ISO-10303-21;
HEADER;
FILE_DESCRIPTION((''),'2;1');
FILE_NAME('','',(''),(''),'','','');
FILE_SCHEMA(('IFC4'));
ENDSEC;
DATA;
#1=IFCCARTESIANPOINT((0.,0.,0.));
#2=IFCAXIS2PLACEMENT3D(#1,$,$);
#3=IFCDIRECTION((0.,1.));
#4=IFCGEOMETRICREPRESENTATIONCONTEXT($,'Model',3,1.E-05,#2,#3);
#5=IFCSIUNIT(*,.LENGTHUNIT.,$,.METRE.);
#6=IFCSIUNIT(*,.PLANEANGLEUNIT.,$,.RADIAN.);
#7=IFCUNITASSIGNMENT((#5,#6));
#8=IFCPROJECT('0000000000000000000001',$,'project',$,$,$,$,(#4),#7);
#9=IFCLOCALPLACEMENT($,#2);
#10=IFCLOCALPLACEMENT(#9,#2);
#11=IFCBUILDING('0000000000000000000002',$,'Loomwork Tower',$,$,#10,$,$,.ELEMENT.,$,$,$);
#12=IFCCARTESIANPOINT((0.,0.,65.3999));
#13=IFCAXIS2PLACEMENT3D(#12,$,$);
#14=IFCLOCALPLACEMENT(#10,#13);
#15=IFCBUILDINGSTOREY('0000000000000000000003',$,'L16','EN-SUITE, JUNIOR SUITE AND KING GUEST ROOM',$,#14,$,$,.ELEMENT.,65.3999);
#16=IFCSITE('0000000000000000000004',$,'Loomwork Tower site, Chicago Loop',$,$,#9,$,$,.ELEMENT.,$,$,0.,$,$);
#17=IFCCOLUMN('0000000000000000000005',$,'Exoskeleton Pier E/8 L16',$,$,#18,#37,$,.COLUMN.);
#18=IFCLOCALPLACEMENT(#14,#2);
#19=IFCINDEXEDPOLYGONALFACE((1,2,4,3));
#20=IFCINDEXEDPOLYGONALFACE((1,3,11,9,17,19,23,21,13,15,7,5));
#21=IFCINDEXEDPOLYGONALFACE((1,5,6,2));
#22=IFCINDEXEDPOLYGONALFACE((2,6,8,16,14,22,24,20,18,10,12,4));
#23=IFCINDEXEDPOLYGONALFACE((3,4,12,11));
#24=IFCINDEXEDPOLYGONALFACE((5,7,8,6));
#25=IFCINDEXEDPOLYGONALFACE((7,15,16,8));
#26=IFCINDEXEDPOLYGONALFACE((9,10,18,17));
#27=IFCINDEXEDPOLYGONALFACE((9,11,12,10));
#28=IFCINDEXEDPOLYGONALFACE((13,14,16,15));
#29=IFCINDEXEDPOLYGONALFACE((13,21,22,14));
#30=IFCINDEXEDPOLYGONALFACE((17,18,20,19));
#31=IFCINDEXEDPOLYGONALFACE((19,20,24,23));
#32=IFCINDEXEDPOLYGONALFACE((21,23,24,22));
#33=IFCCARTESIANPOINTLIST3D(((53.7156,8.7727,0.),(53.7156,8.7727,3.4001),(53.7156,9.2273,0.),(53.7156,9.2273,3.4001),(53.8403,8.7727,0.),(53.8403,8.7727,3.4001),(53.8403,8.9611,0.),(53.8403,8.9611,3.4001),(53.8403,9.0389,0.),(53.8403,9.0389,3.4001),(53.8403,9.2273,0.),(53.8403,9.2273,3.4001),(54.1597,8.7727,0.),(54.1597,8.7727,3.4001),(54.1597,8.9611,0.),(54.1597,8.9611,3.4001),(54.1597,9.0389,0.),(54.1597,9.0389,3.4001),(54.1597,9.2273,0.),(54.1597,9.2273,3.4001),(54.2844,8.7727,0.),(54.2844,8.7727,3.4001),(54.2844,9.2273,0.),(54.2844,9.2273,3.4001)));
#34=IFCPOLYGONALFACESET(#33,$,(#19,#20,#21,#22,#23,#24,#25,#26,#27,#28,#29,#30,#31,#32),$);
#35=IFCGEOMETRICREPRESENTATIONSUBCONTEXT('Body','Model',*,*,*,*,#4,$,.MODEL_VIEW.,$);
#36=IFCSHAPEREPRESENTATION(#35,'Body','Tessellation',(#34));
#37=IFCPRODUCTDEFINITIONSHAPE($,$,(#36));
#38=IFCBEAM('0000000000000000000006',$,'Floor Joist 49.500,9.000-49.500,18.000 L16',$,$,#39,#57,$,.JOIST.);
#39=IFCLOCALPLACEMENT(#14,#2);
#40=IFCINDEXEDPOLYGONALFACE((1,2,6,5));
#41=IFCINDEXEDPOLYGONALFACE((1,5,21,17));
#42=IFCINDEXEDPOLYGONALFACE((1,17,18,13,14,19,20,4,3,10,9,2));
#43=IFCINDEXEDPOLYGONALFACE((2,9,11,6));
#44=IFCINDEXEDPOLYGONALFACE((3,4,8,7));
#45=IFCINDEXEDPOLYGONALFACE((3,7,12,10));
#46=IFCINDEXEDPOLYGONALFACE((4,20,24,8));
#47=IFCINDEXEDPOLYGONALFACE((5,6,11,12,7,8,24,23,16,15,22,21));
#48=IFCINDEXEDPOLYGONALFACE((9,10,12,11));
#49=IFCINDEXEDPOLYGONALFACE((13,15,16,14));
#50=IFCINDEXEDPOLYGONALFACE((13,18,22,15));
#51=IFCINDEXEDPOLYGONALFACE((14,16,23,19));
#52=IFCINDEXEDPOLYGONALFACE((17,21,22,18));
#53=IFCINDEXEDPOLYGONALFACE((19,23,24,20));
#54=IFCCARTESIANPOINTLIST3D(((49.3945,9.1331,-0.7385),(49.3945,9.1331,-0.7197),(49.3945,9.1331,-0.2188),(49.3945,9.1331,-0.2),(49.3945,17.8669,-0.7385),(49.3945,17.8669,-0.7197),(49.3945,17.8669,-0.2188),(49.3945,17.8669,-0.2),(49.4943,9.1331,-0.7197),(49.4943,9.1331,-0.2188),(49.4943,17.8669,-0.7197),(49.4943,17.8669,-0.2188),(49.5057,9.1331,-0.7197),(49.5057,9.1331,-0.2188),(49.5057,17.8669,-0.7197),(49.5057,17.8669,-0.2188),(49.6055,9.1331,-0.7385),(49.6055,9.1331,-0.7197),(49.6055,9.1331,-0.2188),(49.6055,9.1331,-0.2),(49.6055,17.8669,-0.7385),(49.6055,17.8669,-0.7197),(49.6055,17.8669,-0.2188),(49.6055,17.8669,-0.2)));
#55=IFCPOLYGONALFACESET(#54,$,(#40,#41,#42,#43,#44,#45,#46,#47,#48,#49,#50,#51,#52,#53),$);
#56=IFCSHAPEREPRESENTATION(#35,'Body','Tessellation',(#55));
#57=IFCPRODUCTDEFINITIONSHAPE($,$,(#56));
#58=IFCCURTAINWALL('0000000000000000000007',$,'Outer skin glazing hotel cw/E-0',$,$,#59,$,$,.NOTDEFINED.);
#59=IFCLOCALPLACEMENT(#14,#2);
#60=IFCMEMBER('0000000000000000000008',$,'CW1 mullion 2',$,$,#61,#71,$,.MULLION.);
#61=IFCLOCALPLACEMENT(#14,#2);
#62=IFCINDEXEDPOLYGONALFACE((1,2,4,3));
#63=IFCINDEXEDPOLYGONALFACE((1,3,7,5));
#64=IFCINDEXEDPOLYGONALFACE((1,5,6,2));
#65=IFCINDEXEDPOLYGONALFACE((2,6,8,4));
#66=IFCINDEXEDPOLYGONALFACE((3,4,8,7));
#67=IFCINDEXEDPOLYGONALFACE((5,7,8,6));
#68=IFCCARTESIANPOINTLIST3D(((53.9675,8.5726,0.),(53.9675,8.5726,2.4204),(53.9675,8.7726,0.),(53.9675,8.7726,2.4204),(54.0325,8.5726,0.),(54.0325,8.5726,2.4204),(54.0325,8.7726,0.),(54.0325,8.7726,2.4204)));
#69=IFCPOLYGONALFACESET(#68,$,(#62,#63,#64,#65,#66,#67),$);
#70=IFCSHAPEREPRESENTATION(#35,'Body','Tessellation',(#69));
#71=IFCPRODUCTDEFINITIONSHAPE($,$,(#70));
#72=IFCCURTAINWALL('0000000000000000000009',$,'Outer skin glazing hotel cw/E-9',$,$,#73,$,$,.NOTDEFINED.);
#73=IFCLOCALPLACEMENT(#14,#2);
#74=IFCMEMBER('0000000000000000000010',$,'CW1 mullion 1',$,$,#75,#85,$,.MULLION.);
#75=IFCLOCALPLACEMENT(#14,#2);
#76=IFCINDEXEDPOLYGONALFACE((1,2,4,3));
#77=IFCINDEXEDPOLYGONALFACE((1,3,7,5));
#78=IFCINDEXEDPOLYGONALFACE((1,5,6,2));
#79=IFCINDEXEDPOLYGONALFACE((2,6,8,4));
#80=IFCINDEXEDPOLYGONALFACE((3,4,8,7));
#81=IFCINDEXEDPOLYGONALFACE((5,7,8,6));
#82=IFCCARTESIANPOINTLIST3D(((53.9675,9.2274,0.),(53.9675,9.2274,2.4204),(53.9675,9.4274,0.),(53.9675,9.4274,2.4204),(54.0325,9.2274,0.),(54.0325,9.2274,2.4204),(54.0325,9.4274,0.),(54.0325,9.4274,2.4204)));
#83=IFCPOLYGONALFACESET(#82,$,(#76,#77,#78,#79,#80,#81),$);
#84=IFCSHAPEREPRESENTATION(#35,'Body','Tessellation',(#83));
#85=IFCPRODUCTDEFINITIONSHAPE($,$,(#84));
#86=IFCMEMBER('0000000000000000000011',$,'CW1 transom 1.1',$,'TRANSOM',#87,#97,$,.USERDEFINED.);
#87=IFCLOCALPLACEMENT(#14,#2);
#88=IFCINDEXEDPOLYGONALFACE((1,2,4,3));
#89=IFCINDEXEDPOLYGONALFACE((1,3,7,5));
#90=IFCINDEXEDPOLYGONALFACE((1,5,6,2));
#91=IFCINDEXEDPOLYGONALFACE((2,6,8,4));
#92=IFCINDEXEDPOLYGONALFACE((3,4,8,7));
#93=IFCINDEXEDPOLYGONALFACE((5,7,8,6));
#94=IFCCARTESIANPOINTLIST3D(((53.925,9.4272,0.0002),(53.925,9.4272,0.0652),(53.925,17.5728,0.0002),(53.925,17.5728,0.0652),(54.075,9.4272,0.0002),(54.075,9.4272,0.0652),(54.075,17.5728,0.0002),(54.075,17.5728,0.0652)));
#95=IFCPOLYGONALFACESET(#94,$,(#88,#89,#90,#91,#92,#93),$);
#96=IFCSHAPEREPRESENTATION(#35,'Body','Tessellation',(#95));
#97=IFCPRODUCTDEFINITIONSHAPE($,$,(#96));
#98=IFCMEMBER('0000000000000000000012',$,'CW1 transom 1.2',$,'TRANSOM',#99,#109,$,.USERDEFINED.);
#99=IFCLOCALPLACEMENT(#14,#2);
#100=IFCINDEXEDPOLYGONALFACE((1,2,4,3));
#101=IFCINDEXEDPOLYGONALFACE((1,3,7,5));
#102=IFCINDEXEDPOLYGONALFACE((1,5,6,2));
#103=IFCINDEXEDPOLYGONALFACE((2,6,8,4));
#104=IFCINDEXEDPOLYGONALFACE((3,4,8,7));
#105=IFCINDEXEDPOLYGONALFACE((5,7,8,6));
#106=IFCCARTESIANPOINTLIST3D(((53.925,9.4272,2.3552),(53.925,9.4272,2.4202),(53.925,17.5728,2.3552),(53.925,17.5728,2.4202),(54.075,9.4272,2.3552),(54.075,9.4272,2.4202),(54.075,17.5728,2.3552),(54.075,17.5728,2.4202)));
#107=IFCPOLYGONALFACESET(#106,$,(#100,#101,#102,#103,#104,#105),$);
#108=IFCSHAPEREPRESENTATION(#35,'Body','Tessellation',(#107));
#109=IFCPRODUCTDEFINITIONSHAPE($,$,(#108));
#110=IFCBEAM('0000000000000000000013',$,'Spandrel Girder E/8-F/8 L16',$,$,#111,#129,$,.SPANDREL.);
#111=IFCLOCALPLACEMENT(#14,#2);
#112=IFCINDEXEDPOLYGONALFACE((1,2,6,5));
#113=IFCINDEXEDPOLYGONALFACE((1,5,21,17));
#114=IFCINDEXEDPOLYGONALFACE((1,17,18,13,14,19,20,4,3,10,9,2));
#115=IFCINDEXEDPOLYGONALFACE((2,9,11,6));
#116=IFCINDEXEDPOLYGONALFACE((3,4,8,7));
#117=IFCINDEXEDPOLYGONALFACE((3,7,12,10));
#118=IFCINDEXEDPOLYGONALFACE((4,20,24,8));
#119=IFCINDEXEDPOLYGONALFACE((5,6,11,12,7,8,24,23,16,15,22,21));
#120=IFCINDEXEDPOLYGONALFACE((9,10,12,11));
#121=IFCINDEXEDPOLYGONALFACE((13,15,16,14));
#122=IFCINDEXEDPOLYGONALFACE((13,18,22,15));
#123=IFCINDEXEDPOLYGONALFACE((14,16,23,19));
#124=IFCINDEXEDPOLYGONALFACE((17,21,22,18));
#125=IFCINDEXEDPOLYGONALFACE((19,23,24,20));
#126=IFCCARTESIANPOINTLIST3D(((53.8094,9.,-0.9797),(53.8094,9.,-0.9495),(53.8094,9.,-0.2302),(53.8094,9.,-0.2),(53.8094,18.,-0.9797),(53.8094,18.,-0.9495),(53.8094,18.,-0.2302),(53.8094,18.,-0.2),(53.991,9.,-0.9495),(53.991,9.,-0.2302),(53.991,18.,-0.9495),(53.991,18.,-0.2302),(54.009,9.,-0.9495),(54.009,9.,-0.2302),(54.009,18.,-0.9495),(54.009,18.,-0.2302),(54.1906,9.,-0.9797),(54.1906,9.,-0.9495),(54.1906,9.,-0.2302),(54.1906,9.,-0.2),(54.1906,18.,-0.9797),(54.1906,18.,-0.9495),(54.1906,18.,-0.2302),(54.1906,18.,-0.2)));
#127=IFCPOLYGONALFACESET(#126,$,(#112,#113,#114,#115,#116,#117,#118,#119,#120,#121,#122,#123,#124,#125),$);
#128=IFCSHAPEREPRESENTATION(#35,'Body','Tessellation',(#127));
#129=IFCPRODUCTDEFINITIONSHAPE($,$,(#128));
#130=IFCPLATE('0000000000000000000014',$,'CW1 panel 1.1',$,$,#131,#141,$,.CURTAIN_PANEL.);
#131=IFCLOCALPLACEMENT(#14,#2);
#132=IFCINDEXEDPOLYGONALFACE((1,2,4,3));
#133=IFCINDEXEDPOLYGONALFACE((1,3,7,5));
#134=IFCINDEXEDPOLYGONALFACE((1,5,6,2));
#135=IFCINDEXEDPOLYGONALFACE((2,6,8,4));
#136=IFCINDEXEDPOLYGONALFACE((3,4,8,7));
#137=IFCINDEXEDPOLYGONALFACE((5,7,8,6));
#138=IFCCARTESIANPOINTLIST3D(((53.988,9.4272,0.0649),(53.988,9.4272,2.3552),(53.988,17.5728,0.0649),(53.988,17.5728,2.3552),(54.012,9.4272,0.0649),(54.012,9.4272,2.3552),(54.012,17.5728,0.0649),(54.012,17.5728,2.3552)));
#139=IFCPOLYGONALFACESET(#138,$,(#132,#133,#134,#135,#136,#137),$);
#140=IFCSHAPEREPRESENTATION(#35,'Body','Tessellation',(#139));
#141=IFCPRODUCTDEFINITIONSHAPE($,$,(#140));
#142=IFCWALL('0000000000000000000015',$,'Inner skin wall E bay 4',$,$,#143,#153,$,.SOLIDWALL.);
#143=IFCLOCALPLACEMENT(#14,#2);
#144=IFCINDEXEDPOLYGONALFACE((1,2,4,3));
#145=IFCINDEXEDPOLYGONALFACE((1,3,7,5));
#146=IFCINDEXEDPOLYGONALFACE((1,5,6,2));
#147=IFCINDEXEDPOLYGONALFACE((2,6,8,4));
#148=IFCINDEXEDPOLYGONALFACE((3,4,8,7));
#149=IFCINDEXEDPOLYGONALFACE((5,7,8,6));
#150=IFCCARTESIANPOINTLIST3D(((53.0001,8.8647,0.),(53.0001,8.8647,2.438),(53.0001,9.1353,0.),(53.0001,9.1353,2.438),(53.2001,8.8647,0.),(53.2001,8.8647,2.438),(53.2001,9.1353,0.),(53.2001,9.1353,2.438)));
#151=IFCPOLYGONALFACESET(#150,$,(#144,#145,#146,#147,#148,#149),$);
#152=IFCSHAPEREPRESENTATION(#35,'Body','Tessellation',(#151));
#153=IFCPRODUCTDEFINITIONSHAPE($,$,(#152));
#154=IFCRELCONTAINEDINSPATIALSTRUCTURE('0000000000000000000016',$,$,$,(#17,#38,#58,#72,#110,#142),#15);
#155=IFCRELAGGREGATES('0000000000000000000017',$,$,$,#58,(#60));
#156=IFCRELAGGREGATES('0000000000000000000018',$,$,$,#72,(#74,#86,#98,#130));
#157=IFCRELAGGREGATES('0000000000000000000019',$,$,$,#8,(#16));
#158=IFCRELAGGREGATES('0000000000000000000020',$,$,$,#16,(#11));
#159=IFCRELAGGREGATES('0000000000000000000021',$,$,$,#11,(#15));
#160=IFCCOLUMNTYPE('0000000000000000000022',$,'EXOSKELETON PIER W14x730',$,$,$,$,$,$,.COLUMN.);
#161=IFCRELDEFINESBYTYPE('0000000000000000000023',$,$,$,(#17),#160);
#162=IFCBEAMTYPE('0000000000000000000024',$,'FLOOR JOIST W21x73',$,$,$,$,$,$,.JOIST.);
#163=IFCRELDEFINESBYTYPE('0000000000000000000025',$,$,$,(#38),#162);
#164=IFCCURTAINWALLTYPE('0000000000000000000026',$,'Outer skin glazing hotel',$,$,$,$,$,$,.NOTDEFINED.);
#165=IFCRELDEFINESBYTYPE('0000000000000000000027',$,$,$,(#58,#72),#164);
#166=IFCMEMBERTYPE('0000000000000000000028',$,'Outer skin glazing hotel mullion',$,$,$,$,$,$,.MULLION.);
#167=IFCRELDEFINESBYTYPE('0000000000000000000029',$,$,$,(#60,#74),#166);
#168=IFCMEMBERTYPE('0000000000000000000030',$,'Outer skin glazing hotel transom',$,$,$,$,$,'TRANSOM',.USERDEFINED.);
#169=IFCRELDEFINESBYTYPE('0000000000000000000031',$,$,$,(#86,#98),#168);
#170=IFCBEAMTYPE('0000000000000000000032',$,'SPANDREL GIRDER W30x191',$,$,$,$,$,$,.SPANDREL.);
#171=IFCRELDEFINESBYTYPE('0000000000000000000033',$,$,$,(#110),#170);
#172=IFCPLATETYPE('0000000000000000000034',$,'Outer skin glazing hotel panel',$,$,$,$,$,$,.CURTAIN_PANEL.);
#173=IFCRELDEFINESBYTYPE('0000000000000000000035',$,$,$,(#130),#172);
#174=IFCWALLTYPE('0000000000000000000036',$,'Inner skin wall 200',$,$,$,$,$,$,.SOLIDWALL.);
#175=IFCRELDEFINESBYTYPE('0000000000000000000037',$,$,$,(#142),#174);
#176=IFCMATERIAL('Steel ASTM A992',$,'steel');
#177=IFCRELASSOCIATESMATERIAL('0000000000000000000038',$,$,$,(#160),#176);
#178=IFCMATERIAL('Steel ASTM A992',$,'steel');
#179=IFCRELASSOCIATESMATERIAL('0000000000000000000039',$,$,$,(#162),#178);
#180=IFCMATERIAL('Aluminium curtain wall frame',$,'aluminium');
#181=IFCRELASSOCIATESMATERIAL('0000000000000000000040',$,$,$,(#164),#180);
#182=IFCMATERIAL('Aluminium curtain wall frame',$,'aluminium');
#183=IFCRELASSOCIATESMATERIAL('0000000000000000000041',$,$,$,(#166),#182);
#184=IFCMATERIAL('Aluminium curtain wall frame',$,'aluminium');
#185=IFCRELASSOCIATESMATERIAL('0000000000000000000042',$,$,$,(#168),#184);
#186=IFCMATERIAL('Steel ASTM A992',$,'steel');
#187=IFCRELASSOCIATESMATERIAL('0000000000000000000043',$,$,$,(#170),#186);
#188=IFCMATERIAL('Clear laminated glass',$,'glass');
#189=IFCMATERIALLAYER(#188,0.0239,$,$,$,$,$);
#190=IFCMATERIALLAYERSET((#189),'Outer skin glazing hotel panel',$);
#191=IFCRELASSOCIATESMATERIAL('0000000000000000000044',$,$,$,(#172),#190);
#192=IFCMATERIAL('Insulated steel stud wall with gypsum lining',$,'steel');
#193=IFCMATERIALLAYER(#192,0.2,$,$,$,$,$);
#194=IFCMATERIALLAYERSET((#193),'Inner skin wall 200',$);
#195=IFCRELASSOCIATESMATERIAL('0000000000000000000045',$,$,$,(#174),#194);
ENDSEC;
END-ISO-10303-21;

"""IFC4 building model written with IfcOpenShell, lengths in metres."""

from ifc_helpers import new_model, si_unit, direction, frame, frame_2d, origin, origin_2d, place, context, subcontext, project, spatial, rectangle, i_section, extrude, material, layer, layer_set, material_profile, profile_set, type_object, element, aggregate, save


model = new_model("IFC4")

# Units and contexts
model_context = context("Model", 3, precision=1e-05, world=origin(), true_north=direction((0.0, 1.0)))
body_context = subcontext(model_context, "Body", "Model", "MODEL_VIEW")
ifc_project = project(units=[si_unit("LENGTHUNIT", "METRE"), si_unit("PLANEANGLEUNIT", "RADIAN")], contexts=[model_context])

# Site, building, storey
site_placement = place(None, origin())
site = spatial("IfcSite", under=ifc_project, at=site_placement, Name="Loomwork Tower site, Chicago Loop", CompositionType="ELEMENT", RefElevation=0.0)
building_placement = place(site_placement, origin())
building = spatial("IfcBuilding", under=site, at=building_placement, Name="Loomwork Tower", CompositionType="ELEMENT")
storey_placement = place(building_placement, frame((0.0, 0.0, 65.3999)))
storey = spatial("IfcBuildingStorey", under=building, at=storey_placement, Name="L16", Description="EN-SUITE, JUNIOR SUITE AND KING GUEST ROOM", CompositionType="ELEMENT", Elevation=65.3999)

# Column
ifc_material_1 = material(Name="Steel ASTM A992", Category="steel")
ifc_material_profile_1 = material_profile(ifc_material_1, i_section(OverallWidth=0.4546, OverallDepth=0.5688, WebThickness=0.0779, FlangeThickness=0.1248, at=origin_2d()), Name="W14x730")
ifc_profile_set_1 = profile_set([ifc_material_profile_1], Name="Steel ASTM A992")
column_type = type_object("IfcColumnType", Name="EXOSKELETON PIER W14x730", PredefinedType="COLUMN", material=ifc_profile_set_1)
column_placement = place(storey_placement, frame((54.0, 9.0, 0.0), z_axis=(0.0, 0.0, 1.0), x_axis=(0.0, 1.0, 0.0)))
element("IfcColumn", 1, at=column_placement, inside=storey, type_object=column_type, Name="Exoskeleton Pier E/8 L16", PredefinedType="COLUMN", context=body_context, shape_type="SweptSolid", body=[
    extrude(i_section(OverallWidth=0.4546, OverallDepth=0.5688, WebThickness=0.0779, FlangeThickness=0.1248, at=origin_2d()), origin(), (0.0, 0.0, 1.0), 3.4001),
])

# Beam
ifc_material_2 = material(Name="Steel ASTM A992", Category="steel")
ifc_material_profile_2 = material_profile(ifc_material_2, i_section(OverallWidth=0.2109, OverallDepth=0.5386, WebThickness=0.0115, FlangeThickness=0.0188, at=origin_2d()), Name="W21x73")
ifc_profile_set_2 = profile_set([ifc_material_profile_2], Name="Steel ASTM A992")
beam_type_1 = type_object("IfcBeamType", Name="FLOOR JOIST W21x73", PredefinedType="JOIST", material=ifc_profile_set_2)
beam_1_placement = place(storey_placement, frame((49.5, 9.1331, -0.4692), z_axis=(0.0, 1.0, 0.0), x_axis=(-1.0, 0.0, 0.0)))
element("IfcBeam", 2, at=beam_1_placement, inside=storey, type_object=beam_type_1, Name="Floor Joist 49.500,9.000-49.500,18.000 L16", PredefinedType="JOIST", context=body_context, shape_type="SweptSolid", body=[
    extrude(i_section(OverallWidth=0.2109, OverallDepth=0.5386, WebThickness=0.0115, FlangeThickness=0.0188, at=origin_2d()), origin(), (0.0, 0.0, 1.0), 8.7339),
])

# Curtain wall, member
ifc_material_3 = material(Name="Aluminium curtain wall frame", Category="aluminium")
curtain_wall_type = type_object("IfcCurtainWallType", Name="Outer skin glazing hotel", PredefinedType="NOTDEFINED", material=ifc_material_3)
curtain_wall_1_placement = place(storey_placement, origin())
curtain_wall_1 = element("IfcCurtainWall", 3, at=curtain_wall_1_placement, inside=storey, type_object=curtain_wall_type, Name="Outer skin glazing hotel cw/E-0", PredefinedType="NOTDEFINED")
ifc_material_4 = material(Name="Aluminium curtain wall frame", Category="aluminium")
ifc_material_profile_3 = material_profile(ifc_material_4, rectangle(XDim=0.0649, YDim=0.2, at=origin_2d()), Name="AL 65x200")
ifc_profile_set_3 = profile_set([ifc_material_profile_3], Name="Aluminium curtain wall frame")
member_type_1 = type_object("IfcMemberType", Name="Outer skin glazing hotel mullion", PredefinedType="MULLION", material=ifc_profile_set_3)
member_1_placement = place(storey_placement, frame((54.0, 8.6726, 0.0), z_axis=(0.0, 0.0, 1.0), x_axis=(-1.0, 0.0, 0.0)))
member_1 = element("IfcMember", 4, at=member_1_placement, type_object=member_type_1, Name="CW1 mullion 2", PredefinedType="MULLION", context=body_context, shape_type="SweptSolid", body=[
    extrude(rectangle(XDim=0.0649, YDim=0.2, at=origin_2d()), origin(), (0.0, 0.0, 1.0), 2.4204),
])
aggregate(curtain_wall_1, [member_1])

# Curtain wall, members
curtain_wall_2_placement = place(storey_placement, origin())
curtain_wall_2 = element("IfcCurtainWall", 5, at=curtain_wall_2_placement, inside=storey, type_object=curtain_wall_type, Name="Outer skin glazing hotel cw/E-9", PredefinedType="NOTDEFINED")
member_2_placement = place(storey_placement, frame((54.0, 9.3274, 0.0), z_axis=(0.0, 0.0, 1.0), x_axis=(-1.0, 0.0, 0.0)))
member_2 = element("IfcMember", 6, at=member_2_placement, type_object=member_type_1, Name="CW1 mullion 1", PredefinedType="MULLION", context=body_context, shape_type="SweptSolid", body=[
    extrude(rectangle(XDim=0.0649, YDim=0.2, at=origin_2d()), origin(), (0.0, 0.0, 1.0), 2.4204),
])
ifc_material_5 = material(Name="Aluminium curtain wall frame", Category="aluminium")
ifc_material_profile_4 = material_profile(ifc_material_5, rectangle(XDim=0.1499, YDim=0.0649, at=origin_2d()), Name="AL 65x150")
ifc_profile_set_4 = profile_set([ifc_material_profile_4], Name="Aluminium curtain wall frame")
member_type_2 = type_object("IfcMemberType", Name="Outer skin glazing hotel transom", ElementType="TRANSOM", PredefinedType="USERDEFINED", material=ifc_profile_set_4)
member_3_placement = place(storey_placement, frame((54.0, 9.4272, 0.0327), z_axis=(0.0, 1.0, 0.0), x_axis=(-1.0, 0.0, 0.0)))
member_3 = element("IfcMember", 7, at=member_3_placement, type_object=member_type_2, Name="CW1 transom 1.1", ObjectType="TRANSOM", PredefinedType="USERDEFINED", context=body_context, shape_type="SweptSolid", body=[
    extrude(rectangle(XDim=0.1499, YDim=0.0649, at=origin_2d()), origin(), (0.0, 0.0, 1.0), 8.1455),
])
member_4_placement = place(storey_placement, frame((54.0, 9.4272, 2.3877), z_axis=(0.0, 1.0, 0.0), x_axis=(-1.0, 0.0, 0.0)))
member_4 = element("IfcMember", 8, at=member_4_placement, type_object=member_type_2, Name="CW1 transom 1.2", ObjectType="TRANSOM", PredefinedType="USERDEFINED", context=body_context, shape_type="SweptSolid", body=[
    extrude(rectangle(XDim=0.1499, YDim=0.0649, at=origin_2d()), origin(), (0.0, 0.0, 1.0), 8.1455),
])

# Beam
ifc_material_6 = material(Name="Steel ASTM A992", Category="steel")
ifc_material_profile_5 = material_profile(ifc_material_6, i_section(OverallWidth=0.3811, OverallDepth=0.7798, WebThickness=0.0181, FlangeThickness=0.0303, at=origin_2d()), Name="W30x191")
ifc_profile_set_5 = profile_set([ifc_material_profile_5], Name="Steel ASTM A992")
beam_type_2 = type_object("IfcBeamType", Name="SPANDREL GIRDER W30x191", PredefinedType="SPANDREL", material=ifc_profile_set_5)
beam_2_placement = place(storey_placement, frame((54.0, 9.0, -0.5898), z_axis=(0.0, 1.0, 0.0), x_axis=(-1.0, 0.0, 0.0)))
element("IfcBeam", 9, at=beam_2_placement, inside=storey, type_object=beam_type_2, Name="Spandrel Girder E/8-F/8 L16", PredefinedType="SPANDREL", context=body_context, shape_type="SweptSolid", body=[
    extrude(i_section(OverallWidth=0.3811, OverallDepth=0.7798, WebThickness=0.0181, FlangeThickness=0.0303, at=origin_2d()), origin(), (0.0, 0.0, 1.0), 9.0),
])

# Plate
ifc_material_7 = material(Name="Clear laminated glass", Category="glass")
ifc_layer_1 = layer(ifc_material_7, 0.0239)
ifc_layer_set_1 = layer_set([ifc_layer_1], Name="Outer skin glazing hotel panel")
plate_type = type_object("IfcPlateType", Name="Outer skin glazing hotel panel", PredefinedType="CURTAIN_PANEL", material=ifc_layer_set_1)
plate_placement = place(storey_placement, frame((54.0, 13.5, 0.0649), z_axis=(0.0, 0.0, 1.0), x_axis=(0.0, 1.0, 0.0)))
plate = element("IfcPlate", 10, at=plate_placement, type_object=plate_type, Name="CW1 panel 1.1", PredefinedType="CURTAIN_PANEL", context=body_context, shape_type="SweptSolid", body=[
    extrude(rectangle(XDim=8.1455, YDim=0.0239, at=origin_2d()), origin(), (0.0, 0.0, 1.0), 2.2903),
])
aggregate(curtain_wall_2, [member_2, member_3, member_4, plate])

# Wall
ifc_material_8 = material(Name="Insulated steel stud wall with gypsum lining", Category="steel")
ifc_layer_2 = layer(ifc_material_8, 0.2)
ifc_layer_set_2 = layer_set([ifc_layer_2], Name="Inner skin wall 200")
wall_type = type_object("IfcWallType", Name="Inner skin wall 200", PredefinedType="SOLIDWALL", material=ifc_layer_set_2)
wall_1_placement = place(storey_placement, frame((53.1001, 8.8647, 0.0), z_axis=(0.0, 0.0, 1.0), x_axis=(0.0, 1.0, 0.0)))
element("IfcWall", 11, at=wall_1_placement, inside=storey, type_object=wall_type, Name="Inner skin wall E bay 4", PredefinedType="SOLIDWALL", context=body_context, shape_type="SweptSolid", body=[
    extrude(rectangle(XDim=0.2705, YDim=0.2, at=frame_2d((0.1353, 0.0))), origin(), (0.0, 0.0, 1.0), 2.438),
])

save(model, "model.ifc")
